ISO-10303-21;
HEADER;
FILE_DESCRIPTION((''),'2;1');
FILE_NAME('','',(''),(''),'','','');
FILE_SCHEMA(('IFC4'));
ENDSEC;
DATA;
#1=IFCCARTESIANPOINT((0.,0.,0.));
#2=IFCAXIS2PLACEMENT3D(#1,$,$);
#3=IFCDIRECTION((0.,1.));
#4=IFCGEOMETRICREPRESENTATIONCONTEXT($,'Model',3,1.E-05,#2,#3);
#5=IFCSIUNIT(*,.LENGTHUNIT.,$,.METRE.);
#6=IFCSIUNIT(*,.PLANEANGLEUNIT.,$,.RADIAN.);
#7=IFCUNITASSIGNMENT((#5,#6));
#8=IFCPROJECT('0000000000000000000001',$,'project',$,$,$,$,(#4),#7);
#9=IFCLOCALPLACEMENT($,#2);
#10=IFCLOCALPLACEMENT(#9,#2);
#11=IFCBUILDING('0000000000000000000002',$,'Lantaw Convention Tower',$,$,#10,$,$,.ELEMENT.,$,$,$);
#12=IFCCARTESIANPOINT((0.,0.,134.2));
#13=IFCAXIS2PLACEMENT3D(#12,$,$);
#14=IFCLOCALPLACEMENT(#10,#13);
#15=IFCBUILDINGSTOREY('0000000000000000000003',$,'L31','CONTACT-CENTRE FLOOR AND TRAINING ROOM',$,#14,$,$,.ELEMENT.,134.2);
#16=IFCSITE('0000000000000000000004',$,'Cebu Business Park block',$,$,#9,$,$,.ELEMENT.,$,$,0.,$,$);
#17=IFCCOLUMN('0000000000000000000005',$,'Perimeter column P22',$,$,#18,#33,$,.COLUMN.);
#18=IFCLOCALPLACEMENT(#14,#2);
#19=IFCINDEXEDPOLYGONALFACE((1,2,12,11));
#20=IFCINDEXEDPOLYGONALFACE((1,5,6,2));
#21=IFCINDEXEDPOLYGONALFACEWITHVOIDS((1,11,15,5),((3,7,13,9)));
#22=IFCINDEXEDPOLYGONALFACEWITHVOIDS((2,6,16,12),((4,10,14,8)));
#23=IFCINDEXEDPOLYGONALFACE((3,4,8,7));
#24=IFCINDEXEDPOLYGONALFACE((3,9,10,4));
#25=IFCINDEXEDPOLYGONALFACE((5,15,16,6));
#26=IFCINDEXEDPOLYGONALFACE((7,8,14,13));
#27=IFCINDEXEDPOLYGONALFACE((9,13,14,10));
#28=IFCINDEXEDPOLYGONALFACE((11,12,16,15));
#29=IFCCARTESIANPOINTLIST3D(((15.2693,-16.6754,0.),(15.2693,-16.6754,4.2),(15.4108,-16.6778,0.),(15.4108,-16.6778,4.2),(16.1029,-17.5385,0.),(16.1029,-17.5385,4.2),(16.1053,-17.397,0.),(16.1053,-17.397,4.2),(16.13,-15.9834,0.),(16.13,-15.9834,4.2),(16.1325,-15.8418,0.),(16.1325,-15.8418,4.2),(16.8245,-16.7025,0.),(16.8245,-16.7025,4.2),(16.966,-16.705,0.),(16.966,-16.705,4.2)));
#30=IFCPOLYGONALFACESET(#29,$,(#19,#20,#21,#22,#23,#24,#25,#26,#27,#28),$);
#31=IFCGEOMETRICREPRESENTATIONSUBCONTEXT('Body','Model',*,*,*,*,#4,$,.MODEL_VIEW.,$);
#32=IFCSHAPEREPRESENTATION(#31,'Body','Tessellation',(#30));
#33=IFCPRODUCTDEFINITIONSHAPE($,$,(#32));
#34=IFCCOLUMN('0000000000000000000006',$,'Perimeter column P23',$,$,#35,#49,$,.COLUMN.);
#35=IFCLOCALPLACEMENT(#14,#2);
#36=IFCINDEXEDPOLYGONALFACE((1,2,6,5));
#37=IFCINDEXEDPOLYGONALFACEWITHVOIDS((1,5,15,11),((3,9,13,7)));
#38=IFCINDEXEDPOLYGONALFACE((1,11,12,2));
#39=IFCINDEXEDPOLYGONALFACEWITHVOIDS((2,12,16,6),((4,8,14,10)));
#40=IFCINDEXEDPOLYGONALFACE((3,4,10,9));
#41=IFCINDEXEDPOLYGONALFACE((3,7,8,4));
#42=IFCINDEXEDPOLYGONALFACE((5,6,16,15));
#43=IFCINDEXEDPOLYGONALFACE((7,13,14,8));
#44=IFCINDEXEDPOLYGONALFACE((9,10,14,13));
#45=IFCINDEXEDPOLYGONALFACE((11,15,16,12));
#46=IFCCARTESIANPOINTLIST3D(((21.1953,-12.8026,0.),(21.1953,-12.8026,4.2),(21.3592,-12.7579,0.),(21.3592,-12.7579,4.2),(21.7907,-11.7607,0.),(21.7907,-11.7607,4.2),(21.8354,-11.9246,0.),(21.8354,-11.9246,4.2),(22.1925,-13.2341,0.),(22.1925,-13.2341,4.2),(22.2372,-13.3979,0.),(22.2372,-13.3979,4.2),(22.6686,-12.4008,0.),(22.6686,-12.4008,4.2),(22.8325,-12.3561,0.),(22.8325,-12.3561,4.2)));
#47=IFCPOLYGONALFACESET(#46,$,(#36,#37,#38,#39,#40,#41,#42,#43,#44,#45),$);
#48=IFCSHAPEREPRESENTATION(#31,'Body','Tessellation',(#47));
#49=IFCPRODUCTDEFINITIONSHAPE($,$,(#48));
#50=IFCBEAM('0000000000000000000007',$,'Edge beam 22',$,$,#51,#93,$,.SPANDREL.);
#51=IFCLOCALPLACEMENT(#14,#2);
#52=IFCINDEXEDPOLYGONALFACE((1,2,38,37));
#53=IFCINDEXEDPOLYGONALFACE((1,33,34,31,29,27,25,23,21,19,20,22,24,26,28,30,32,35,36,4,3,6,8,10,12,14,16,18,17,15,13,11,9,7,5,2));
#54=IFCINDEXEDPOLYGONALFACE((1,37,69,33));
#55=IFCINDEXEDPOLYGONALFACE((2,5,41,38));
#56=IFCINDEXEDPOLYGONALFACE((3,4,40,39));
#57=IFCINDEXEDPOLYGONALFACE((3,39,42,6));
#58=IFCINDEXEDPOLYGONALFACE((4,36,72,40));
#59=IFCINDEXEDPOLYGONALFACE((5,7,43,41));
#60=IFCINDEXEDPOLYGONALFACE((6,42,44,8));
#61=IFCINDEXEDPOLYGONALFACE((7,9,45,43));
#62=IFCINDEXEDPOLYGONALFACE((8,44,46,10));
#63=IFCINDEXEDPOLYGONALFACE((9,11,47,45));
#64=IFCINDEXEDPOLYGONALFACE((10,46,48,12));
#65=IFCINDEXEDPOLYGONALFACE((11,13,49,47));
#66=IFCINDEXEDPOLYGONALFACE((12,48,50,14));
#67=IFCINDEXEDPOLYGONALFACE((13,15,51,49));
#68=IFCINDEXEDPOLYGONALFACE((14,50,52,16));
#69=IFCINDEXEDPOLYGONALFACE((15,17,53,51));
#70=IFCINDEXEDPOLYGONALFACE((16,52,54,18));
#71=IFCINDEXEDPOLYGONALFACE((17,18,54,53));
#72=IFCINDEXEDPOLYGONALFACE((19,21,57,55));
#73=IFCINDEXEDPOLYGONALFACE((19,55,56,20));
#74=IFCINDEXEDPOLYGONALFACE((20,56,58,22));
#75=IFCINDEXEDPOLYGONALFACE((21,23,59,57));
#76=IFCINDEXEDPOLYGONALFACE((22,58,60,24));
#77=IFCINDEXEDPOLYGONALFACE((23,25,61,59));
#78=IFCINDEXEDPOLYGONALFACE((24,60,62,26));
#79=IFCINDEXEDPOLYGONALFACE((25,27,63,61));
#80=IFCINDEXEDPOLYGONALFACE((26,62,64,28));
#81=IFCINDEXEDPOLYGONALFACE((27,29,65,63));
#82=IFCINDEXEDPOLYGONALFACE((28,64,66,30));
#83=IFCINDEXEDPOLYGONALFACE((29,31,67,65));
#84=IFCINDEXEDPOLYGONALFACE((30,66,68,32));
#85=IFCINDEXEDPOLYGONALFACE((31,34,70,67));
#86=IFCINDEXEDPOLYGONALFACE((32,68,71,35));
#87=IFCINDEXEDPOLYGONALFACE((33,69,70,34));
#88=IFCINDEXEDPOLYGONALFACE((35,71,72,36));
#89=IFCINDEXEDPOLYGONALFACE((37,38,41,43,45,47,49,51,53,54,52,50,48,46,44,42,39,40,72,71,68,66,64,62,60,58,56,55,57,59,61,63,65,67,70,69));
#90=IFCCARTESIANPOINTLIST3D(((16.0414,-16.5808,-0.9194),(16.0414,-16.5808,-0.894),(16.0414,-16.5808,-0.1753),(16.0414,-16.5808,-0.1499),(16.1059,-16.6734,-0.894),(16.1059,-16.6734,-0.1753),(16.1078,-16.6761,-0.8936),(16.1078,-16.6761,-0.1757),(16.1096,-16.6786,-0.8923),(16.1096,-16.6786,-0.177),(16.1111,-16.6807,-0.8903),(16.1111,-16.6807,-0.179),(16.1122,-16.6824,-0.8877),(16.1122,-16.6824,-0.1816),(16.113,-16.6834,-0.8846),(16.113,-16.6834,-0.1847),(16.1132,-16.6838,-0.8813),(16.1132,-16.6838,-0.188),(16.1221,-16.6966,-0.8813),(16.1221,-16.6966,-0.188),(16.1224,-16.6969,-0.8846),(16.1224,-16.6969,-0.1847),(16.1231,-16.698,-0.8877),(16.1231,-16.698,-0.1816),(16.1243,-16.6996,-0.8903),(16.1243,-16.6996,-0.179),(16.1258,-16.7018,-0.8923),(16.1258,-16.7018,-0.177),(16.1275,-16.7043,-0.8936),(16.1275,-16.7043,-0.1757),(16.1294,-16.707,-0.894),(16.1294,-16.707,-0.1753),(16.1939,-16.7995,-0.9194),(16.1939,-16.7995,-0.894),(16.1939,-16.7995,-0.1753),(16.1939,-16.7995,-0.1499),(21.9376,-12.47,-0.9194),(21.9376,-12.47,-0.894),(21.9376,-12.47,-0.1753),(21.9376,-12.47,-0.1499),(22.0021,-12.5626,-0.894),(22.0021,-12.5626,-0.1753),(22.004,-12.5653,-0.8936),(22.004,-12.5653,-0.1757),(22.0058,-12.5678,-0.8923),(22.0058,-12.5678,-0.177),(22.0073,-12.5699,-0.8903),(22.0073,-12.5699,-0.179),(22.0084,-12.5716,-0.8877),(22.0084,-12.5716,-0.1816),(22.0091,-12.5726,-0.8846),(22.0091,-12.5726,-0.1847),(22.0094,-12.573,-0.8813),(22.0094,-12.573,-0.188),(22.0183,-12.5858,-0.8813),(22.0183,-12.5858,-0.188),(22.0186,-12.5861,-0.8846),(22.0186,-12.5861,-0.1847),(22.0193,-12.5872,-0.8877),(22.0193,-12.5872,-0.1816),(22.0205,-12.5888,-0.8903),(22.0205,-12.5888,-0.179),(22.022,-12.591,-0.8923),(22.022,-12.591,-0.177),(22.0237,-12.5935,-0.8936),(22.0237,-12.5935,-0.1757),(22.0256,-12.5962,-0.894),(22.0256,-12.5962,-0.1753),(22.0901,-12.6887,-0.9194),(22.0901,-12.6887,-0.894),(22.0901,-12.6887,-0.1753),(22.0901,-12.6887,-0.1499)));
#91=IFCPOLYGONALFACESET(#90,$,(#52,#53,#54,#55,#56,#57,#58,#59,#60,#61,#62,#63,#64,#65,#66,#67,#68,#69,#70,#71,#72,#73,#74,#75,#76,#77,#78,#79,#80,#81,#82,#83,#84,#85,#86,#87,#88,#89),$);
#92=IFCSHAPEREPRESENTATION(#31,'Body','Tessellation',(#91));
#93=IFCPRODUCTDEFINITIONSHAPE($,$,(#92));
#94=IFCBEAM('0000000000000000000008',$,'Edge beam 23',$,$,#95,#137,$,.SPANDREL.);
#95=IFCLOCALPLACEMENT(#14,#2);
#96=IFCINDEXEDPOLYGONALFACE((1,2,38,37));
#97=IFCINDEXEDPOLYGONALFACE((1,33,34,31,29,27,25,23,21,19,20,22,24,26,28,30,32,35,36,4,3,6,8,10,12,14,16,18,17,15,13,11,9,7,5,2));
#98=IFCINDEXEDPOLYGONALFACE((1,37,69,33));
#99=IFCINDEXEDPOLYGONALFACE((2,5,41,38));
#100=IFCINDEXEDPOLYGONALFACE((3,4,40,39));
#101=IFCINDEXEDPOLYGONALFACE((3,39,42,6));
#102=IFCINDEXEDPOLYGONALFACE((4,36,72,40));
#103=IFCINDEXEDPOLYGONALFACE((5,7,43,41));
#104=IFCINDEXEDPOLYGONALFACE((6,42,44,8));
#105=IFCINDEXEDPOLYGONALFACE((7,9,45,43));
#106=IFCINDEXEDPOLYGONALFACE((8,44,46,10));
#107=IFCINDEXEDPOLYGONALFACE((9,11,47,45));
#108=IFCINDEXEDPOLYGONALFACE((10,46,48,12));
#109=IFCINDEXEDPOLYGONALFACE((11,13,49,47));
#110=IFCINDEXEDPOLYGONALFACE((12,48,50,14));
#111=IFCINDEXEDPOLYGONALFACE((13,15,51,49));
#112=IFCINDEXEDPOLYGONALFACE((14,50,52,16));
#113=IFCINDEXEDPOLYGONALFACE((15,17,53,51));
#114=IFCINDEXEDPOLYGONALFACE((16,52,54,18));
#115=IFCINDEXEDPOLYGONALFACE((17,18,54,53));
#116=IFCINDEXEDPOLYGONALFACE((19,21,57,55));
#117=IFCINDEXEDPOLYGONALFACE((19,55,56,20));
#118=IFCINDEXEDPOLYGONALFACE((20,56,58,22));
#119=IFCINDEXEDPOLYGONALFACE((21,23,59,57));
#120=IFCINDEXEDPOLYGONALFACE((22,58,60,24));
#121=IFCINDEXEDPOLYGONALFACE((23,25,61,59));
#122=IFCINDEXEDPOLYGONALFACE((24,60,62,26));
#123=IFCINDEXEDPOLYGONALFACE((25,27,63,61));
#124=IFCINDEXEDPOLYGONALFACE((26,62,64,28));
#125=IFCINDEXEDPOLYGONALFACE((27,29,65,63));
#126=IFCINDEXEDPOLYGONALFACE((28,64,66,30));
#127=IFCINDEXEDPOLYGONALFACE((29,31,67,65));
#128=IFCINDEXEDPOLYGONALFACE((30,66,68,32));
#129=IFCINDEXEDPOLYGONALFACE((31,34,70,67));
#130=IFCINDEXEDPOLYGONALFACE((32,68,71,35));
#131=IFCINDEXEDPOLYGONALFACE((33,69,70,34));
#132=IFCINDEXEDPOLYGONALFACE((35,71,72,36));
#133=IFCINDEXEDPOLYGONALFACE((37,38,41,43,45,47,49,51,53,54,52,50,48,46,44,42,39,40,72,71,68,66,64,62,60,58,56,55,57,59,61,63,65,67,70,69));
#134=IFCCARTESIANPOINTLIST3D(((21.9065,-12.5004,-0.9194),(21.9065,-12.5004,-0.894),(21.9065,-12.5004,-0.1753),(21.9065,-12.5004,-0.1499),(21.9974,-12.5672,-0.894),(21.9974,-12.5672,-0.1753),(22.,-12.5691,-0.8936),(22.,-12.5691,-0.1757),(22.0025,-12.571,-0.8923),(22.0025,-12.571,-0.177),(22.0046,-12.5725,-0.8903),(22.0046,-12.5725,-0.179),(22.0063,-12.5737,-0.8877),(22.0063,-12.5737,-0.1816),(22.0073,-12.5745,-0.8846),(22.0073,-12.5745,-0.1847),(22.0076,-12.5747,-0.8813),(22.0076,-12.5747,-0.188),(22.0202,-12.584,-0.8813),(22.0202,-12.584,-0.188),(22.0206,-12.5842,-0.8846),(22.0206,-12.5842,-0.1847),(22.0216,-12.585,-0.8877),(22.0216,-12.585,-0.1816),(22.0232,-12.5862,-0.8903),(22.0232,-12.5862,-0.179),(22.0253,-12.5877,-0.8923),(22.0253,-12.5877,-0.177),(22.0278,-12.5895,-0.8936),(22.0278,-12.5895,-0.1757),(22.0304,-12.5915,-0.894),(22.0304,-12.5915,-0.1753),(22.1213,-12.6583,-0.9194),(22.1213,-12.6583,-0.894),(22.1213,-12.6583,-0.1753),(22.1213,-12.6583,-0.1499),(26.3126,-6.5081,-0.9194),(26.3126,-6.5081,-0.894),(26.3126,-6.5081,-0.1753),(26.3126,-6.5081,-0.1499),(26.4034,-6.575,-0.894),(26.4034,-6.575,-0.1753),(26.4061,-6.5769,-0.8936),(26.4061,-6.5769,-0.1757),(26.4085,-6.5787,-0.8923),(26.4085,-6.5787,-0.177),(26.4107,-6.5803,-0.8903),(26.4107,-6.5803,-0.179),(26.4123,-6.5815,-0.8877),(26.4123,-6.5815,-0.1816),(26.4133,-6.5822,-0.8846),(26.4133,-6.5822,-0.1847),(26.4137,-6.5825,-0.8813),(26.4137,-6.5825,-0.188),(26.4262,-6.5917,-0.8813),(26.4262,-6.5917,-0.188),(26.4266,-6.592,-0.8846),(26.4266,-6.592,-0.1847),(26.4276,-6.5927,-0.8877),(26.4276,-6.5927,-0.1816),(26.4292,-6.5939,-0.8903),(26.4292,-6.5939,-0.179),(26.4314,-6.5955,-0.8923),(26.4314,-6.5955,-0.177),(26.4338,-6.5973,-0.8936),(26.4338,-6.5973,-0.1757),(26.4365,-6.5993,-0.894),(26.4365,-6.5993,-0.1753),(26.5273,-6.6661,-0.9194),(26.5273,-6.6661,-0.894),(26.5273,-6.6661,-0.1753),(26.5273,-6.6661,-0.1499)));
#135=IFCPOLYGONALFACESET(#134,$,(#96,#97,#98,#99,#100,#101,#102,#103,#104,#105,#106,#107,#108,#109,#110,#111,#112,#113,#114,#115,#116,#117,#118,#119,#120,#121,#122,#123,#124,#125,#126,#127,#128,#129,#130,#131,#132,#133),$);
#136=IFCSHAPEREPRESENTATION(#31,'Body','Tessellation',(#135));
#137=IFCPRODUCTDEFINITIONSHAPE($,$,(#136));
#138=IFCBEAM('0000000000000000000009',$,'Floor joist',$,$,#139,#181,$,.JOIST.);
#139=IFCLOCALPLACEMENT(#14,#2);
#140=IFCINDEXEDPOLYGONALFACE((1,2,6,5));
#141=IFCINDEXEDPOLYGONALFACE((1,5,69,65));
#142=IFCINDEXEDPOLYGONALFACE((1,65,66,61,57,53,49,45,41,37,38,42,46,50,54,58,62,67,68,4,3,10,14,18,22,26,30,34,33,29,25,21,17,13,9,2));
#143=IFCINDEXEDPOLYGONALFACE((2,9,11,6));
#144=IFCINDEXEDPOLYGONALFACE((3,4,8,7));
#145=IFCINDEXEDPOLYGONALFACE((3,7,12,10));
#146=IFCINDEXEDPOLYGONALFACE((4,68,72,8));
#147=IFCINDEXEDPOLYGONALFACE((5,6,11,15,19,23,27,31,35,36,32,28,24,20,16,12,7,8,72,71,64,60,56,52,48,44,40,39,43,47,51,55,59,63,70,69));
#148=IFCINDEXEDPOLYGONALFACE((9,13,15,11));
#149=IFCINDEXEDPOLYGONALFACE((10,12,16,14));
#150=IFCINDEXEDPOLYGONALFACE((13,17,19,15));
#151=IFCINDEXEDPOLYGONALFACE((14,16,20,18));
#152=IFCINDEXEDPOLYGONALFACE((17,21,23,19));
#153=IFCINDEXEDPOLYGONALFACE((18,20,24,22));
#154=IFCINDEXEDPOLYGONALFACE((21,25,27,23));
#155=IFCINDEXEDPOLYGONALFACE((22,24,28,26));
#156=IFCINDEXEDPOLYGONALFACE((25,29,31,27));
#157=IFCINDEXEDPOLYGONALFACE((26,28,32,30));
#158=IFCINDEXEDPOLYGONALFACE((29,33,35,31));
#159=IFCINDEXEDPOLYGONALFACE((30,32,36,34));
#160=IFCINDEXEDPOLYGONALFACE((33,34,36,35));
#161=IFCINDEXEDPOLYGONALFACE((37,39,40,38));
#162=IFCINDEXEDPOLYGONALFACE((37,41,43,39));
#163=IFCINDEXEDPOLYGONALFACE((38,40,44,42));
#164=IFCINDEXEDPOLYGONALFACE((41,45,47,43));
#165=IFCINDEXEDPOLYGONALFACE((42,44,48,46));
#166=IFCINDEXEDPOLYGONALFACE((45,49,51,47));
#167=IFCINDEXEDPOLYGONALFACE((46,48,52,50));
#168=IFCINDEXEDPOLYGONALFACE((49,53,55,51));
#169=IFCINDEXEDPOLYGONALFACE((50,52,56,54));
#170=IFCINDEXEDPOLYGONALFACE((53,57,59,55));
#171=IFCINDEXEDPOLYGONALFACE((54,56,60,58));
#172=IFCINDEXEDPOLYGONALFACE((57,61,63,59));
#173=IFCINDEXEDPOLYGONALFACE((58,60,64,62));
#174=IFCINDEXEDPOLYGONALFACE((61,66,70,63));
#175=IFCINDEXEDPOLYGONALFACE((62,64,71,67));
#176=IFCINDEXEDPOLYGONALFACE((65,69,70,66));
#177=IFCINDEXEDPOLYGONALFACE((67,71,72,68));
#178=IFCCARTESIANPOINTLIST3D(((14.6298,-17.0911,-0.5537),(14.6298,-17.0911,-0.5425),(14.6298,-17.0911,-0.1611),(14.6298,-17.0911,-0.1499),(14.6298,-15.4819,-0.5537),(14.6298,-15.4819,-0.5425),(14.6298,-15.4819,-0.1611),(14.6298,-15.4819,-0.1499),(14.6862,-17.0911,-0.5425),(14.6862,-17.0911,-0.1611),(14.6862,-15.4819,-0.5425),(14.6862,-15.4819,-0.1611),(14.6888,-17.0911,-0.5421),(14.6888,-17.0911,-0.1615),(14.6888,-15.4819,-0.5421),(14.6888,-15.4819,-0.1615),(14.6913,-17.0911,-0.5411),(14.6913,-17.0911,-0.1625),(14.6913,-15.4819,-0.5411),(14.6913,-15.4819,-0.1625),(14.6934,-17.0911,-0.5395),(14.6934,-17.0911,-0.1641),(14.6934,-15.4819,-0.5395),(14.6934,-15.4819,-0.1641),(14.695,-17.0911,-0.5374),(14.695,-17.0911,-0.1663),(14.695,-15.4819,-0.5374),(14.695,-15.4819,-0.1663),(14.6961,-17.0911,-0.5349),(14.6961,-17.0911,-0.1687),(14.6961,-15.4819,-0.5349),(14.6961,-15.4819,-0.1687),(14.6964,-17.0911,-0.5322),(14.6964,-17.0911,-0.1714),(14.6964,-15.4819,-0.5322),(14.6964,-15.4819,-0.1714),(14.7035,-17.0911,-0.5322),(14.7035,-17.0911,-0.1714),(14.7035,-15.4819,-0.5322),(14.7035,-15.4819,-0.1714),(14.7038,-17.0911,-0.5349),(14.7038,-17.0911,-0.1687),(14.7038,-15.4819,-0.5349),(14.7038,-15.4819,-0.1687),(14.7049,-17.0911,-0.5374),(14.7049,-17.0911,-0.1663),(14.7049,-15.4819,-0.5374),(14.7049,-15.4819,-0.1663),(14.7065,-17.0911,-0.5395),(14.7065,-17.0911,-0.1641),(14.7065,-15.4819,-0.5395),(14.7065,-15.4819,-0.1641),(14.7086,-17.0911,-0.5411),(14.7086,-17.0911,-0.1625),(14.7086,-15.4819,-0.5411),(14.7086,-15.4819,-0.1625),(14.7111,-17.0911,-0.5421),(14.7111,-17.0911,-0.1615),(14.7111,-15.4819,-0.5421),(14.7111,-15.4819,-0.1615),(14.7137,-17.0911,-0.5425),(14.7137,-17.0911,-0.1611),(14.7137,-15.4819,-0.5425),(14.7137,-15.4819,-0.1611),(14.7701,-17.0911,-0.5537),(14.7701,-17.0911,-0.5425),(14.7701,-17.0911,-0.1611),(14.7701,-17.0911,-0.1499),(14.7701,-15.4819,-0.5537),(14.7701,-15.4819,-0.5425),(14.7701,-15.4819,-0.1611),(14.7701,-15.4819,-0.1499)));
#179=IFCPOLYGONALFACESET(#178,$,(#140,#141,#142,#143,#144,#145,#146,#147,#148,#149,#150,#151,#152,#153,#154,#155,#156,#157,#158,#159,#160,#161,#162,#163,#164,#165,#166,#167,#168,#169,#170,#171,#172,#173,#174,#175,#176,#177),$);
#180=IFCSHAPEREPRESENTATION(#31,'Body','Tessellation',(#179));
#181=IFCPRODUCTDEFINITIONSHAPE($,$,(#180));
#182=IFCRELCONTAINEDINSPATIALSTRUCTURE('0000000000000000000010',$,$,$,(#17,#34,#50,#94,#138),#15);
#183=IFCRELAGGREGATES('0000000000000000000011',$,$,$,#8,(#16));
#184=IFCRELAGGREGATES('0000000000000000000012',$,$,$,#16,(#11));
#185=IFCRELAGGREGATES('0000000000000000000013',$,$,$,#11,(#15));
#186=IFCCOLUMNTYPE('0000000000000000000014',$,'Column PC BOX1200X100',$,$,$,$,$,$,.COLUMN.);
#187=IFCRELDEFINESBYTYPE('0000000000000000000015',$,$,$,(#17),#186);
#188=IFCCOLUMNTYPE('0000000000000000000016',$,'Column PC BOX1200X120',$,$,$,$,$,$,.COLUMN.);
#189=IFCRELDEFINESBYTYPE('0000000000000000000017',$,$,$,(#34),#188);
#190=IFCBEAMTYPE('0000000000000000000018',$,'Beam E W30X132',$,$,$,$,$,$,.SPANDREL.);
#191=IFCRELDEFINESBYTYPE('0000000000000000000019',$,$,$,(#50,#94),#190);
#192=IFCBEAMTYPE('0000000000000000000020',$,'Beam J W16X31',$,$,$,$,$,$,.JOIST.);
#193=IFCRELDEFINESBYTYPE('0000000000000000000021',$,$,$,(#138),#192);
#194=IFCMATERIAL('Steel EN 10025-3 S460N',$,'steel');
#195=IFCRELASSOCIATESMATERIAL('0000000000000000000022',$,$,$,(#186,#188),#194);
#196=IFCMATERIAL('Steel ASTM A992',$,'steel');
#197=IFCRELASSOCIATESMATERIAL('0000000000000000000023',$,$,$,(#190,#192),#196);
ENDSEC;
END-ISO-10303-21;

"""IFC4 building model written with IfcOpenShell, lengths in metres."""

from ifc_helpers import new_model, si_unit, direction, frame, origin, origin_2d, place, context, subcontext, project, spatial, rectangle, hollow_rectangle, i_section, extrude, material, material_profile, profile_set, type_object, element, save


model = new_model("IFC4")

# Units and contexts
model_context = context("Model", 3, precision=1e-05, world=origin(), true_north=direction((0.0, 1.0)))
body_context = subcontext(model_context, "Body", "Model", "MODEL_VIEW")
ifc_project = project(units=[si_unit("LENGTHUNIT", "METRE"), si_unit("PLANEANGLEUNIT", "RADIAN")], contexts=[model_context])

# Site, building, storey
site_placement = place(None, origin())
site = spatial("IfcSite", under=ifc_project, at=site_placement, Name="Cebu Business Park block", CompositionType="ELEMENT", RefElevation=0.0)
building_placement = place(site_placement, origin())
building = spatial("IfcBuilding", under=site, at=building_placement, Name="Lantaw Convention Tower", CompositionType="ELEMENT")
storey_placement = place(building_placement, frame((0.0, 0.0, 134.2)))
storey = spatial("IfcBuildingStorey", under=building, at=storey_placement, Name="L31", Description="CONTACT-CENTRE FLOOR AND TRAINING ROOM", CompositionType="ELEMENT", Elevation=134.2)

# Columns
ifc_material_1 = material(Name="Steel EN 10025-3 S460N", Category="steel")
ifc_material_profile_1 = material_profile(ifc_material_1, hollow_rectangle(XDim=1.2, YDim=1.2, WallThickness=0.1001, at=origin_2d()), Name="BOX1200X100")
ifc_material_2 = material(Name="Concrete C60/75", Category="concrete")
ifc_material_profile_2 = material_profile(ifc_material_2, rectangle(XDim=1.0, YDim=1.0, at=origin_2d()), Name="Concrete fill of BOX1200X100")
ifc_profile_set_1 = profile_set([ifc_material_profile_1, ifc_material_profile_2], Name="Steel EN 10025-3 S460N")
column_type_1 = type_object("IfcColumnType", Name="Column PC BOX1200X100", PredefinedType="COLUMN", material=ifc_profile_set_1)
column_1_placement = place(storey_placement, frame((16.1177, -16.6902, 0.0), z_axis=(0.0, 0.0, 1.0), x_axis=(0.71934, 0.694658, 0.0)))
element("IfcColumn", 1, at=column_1_placement, inside=storey, type_object=column_type_1, Name="Perimeter column P22", PredefinedType="COLUMN", context=body_context, shape_type="SweptSolid", body=[
    extrude(hollow_rectangle(XDim=1.2, YDim=1.2, WallThickness=0.1001, at=origin_2d()), origin(), (0.0, 0.0, 1.0), 4.2),
])
ifc_material_profile_3 = material_profile(ifc_material_1, hollow_rectangle(XDim=1.2, YDim=1.2, WallThickness=0.1201, at=origin_2d()), Name="BOX1200X120")
ifc_material_profile_4 = material_profile(ifc_material_2, rectangle(XDim=0.96, YDim=0.96, at=origin_2d()), Name="Concrete fill of BOX1200X120")
ifc_profile_set_2 = profile_set([ifc_material_profile_3, ifc_material_profile_4], Name="Steel EN 10025-3 S460N")
column_type_2 = type_object("IfcColumnType", Name="Column PC BOX1200X120", PredefinedType="COLUMN", material=ifc_profile_set_2)
column_2_placement = place(storey_placement, frame((22.0139, -12.5793, 0.0), z_axis=(0.0, 0.0, 1.0), x_axis=(0.496139, 0.868243, 0.0)))
element("IfcColumn", 2, at=column_2_placement, inside=storey, type_object=column_type_2, Name="Perimeter column P23", PredefinedType="COLUMN", context=body_context, shape_type="SweptSolid", body=[
    extrude(hollow_rectangle(XDim=1.2, YDim=1.2, WallThickness=0.1201, at=origin_2d()), origin(), (0.0, 0.0, 1.0), 4.2),
])

# Beams
ifc_material_3 = material(Name="Steel ASTM A992", Category="steel")
ifc_material_profile_5 = material_profile(ifc_material_3, i_section(OverallWidth=0.2666, OverallDepth=0.7695, WebThickness=0.0156, FlangeThickness=0.0254, FilletRadius=0.0127, at=origin_2d()), Name="W30X132")
ifc_profile_set_3 = profile_set([ifc_material_profile_5], Name="Steel ASTM A992")
beam_type_1 = type_object("IfcBeamType", Name="Beam E W30X132", PredefinedType="SPANDREL", material=ifc_profile_set_3)
beam_1_placement = place(storey_placement, frame((16.1177, -16.6902, -0.5347), z_axis=(0.820311, 0.571918, 0.0), x_axis=(-0.571918, 0.820311, 0.0)))
element("IfcBeam", 3, at=beam_1_placement, inside=storey, type_object=beam_type_1, Name="Edge beam 22", PredefinedType="SPANDREL", context=body_context, shape_type="SweptSolid", body=[
    extrude(i_section(OverallWidth=0.2666, OverallDepth=0.7695, WebThickness=0.0156, FlangeThickness=0.0254, FilletRadius=0.0127, at=origin_2d()), origin(), (0.0, 0.0, 1.0), 7.1877),
])
beam_2_placement = place(storey_placement, frame((22.0139, -12.5793, -0.5347), z_axis=(0.592389, 0.805652, 0.0), x_axis=(-0.805652, 0.592389, 0.0)))
element("IfcBeam", 4, at=beam_2_placement, inside=storey, type_object=beam_type_1, Name="Edge beam 23", PredefinedType="SPANDREL", context=body_context, shape_type="SweptSolid", body=[
    extrude(i_section(OverallWidth=0.2666, OverallDepth=0.7695, WebThickness=0.0156, FlangeThickness=0.0254, FilletRadius=0.0127, at=origin_2d()), origin(), (0.0, 0.0, 1.0), 7.4377),
])
ifc_material_profile_6 = material_profile(ifc_material_3, i_section(OverallWidth=0.1404, OverallDepth=0.4038, WebThickness=0.0071, FlangeThickness=0.0112, FilletRadius=0.0103, at=origin_2d()), Name="W16X31")
ifc_profile_set_4 = profile_set([ifc_material_profile_6], Name="Steel ASTM A992")
beam_type_2 = type_object("IfcBeamType", Name="Beam J W16X31", PredefinedType="JOIST", material=ifc_profile_set_4)
beam_3_placement = place(storey_placement, frame((14.7, -17.0911, -0.3518), z_axis=(0.0, 1.0, 0.0), x_axis=(-1.0, 0.0, 0.0)))
element("IfcBeam", 5, at=beam_3_placement, inside=storey, type_object=beam_type_2, Name="Floor joist", PredefinedType="JOIST", context=body_context, shape_type="SweptSolid", body=[
    extrude(i_section(OverallWidth=0.1404, OverallDepth=0.4038, WebThickness=0.0071, FlangeThickness=0.0112, FilletRadius=0.0103, at=origin_2d()), origin(), (0.0, 0.0, 1.0), 1.6091),
])

save(model, "model.ifc")
